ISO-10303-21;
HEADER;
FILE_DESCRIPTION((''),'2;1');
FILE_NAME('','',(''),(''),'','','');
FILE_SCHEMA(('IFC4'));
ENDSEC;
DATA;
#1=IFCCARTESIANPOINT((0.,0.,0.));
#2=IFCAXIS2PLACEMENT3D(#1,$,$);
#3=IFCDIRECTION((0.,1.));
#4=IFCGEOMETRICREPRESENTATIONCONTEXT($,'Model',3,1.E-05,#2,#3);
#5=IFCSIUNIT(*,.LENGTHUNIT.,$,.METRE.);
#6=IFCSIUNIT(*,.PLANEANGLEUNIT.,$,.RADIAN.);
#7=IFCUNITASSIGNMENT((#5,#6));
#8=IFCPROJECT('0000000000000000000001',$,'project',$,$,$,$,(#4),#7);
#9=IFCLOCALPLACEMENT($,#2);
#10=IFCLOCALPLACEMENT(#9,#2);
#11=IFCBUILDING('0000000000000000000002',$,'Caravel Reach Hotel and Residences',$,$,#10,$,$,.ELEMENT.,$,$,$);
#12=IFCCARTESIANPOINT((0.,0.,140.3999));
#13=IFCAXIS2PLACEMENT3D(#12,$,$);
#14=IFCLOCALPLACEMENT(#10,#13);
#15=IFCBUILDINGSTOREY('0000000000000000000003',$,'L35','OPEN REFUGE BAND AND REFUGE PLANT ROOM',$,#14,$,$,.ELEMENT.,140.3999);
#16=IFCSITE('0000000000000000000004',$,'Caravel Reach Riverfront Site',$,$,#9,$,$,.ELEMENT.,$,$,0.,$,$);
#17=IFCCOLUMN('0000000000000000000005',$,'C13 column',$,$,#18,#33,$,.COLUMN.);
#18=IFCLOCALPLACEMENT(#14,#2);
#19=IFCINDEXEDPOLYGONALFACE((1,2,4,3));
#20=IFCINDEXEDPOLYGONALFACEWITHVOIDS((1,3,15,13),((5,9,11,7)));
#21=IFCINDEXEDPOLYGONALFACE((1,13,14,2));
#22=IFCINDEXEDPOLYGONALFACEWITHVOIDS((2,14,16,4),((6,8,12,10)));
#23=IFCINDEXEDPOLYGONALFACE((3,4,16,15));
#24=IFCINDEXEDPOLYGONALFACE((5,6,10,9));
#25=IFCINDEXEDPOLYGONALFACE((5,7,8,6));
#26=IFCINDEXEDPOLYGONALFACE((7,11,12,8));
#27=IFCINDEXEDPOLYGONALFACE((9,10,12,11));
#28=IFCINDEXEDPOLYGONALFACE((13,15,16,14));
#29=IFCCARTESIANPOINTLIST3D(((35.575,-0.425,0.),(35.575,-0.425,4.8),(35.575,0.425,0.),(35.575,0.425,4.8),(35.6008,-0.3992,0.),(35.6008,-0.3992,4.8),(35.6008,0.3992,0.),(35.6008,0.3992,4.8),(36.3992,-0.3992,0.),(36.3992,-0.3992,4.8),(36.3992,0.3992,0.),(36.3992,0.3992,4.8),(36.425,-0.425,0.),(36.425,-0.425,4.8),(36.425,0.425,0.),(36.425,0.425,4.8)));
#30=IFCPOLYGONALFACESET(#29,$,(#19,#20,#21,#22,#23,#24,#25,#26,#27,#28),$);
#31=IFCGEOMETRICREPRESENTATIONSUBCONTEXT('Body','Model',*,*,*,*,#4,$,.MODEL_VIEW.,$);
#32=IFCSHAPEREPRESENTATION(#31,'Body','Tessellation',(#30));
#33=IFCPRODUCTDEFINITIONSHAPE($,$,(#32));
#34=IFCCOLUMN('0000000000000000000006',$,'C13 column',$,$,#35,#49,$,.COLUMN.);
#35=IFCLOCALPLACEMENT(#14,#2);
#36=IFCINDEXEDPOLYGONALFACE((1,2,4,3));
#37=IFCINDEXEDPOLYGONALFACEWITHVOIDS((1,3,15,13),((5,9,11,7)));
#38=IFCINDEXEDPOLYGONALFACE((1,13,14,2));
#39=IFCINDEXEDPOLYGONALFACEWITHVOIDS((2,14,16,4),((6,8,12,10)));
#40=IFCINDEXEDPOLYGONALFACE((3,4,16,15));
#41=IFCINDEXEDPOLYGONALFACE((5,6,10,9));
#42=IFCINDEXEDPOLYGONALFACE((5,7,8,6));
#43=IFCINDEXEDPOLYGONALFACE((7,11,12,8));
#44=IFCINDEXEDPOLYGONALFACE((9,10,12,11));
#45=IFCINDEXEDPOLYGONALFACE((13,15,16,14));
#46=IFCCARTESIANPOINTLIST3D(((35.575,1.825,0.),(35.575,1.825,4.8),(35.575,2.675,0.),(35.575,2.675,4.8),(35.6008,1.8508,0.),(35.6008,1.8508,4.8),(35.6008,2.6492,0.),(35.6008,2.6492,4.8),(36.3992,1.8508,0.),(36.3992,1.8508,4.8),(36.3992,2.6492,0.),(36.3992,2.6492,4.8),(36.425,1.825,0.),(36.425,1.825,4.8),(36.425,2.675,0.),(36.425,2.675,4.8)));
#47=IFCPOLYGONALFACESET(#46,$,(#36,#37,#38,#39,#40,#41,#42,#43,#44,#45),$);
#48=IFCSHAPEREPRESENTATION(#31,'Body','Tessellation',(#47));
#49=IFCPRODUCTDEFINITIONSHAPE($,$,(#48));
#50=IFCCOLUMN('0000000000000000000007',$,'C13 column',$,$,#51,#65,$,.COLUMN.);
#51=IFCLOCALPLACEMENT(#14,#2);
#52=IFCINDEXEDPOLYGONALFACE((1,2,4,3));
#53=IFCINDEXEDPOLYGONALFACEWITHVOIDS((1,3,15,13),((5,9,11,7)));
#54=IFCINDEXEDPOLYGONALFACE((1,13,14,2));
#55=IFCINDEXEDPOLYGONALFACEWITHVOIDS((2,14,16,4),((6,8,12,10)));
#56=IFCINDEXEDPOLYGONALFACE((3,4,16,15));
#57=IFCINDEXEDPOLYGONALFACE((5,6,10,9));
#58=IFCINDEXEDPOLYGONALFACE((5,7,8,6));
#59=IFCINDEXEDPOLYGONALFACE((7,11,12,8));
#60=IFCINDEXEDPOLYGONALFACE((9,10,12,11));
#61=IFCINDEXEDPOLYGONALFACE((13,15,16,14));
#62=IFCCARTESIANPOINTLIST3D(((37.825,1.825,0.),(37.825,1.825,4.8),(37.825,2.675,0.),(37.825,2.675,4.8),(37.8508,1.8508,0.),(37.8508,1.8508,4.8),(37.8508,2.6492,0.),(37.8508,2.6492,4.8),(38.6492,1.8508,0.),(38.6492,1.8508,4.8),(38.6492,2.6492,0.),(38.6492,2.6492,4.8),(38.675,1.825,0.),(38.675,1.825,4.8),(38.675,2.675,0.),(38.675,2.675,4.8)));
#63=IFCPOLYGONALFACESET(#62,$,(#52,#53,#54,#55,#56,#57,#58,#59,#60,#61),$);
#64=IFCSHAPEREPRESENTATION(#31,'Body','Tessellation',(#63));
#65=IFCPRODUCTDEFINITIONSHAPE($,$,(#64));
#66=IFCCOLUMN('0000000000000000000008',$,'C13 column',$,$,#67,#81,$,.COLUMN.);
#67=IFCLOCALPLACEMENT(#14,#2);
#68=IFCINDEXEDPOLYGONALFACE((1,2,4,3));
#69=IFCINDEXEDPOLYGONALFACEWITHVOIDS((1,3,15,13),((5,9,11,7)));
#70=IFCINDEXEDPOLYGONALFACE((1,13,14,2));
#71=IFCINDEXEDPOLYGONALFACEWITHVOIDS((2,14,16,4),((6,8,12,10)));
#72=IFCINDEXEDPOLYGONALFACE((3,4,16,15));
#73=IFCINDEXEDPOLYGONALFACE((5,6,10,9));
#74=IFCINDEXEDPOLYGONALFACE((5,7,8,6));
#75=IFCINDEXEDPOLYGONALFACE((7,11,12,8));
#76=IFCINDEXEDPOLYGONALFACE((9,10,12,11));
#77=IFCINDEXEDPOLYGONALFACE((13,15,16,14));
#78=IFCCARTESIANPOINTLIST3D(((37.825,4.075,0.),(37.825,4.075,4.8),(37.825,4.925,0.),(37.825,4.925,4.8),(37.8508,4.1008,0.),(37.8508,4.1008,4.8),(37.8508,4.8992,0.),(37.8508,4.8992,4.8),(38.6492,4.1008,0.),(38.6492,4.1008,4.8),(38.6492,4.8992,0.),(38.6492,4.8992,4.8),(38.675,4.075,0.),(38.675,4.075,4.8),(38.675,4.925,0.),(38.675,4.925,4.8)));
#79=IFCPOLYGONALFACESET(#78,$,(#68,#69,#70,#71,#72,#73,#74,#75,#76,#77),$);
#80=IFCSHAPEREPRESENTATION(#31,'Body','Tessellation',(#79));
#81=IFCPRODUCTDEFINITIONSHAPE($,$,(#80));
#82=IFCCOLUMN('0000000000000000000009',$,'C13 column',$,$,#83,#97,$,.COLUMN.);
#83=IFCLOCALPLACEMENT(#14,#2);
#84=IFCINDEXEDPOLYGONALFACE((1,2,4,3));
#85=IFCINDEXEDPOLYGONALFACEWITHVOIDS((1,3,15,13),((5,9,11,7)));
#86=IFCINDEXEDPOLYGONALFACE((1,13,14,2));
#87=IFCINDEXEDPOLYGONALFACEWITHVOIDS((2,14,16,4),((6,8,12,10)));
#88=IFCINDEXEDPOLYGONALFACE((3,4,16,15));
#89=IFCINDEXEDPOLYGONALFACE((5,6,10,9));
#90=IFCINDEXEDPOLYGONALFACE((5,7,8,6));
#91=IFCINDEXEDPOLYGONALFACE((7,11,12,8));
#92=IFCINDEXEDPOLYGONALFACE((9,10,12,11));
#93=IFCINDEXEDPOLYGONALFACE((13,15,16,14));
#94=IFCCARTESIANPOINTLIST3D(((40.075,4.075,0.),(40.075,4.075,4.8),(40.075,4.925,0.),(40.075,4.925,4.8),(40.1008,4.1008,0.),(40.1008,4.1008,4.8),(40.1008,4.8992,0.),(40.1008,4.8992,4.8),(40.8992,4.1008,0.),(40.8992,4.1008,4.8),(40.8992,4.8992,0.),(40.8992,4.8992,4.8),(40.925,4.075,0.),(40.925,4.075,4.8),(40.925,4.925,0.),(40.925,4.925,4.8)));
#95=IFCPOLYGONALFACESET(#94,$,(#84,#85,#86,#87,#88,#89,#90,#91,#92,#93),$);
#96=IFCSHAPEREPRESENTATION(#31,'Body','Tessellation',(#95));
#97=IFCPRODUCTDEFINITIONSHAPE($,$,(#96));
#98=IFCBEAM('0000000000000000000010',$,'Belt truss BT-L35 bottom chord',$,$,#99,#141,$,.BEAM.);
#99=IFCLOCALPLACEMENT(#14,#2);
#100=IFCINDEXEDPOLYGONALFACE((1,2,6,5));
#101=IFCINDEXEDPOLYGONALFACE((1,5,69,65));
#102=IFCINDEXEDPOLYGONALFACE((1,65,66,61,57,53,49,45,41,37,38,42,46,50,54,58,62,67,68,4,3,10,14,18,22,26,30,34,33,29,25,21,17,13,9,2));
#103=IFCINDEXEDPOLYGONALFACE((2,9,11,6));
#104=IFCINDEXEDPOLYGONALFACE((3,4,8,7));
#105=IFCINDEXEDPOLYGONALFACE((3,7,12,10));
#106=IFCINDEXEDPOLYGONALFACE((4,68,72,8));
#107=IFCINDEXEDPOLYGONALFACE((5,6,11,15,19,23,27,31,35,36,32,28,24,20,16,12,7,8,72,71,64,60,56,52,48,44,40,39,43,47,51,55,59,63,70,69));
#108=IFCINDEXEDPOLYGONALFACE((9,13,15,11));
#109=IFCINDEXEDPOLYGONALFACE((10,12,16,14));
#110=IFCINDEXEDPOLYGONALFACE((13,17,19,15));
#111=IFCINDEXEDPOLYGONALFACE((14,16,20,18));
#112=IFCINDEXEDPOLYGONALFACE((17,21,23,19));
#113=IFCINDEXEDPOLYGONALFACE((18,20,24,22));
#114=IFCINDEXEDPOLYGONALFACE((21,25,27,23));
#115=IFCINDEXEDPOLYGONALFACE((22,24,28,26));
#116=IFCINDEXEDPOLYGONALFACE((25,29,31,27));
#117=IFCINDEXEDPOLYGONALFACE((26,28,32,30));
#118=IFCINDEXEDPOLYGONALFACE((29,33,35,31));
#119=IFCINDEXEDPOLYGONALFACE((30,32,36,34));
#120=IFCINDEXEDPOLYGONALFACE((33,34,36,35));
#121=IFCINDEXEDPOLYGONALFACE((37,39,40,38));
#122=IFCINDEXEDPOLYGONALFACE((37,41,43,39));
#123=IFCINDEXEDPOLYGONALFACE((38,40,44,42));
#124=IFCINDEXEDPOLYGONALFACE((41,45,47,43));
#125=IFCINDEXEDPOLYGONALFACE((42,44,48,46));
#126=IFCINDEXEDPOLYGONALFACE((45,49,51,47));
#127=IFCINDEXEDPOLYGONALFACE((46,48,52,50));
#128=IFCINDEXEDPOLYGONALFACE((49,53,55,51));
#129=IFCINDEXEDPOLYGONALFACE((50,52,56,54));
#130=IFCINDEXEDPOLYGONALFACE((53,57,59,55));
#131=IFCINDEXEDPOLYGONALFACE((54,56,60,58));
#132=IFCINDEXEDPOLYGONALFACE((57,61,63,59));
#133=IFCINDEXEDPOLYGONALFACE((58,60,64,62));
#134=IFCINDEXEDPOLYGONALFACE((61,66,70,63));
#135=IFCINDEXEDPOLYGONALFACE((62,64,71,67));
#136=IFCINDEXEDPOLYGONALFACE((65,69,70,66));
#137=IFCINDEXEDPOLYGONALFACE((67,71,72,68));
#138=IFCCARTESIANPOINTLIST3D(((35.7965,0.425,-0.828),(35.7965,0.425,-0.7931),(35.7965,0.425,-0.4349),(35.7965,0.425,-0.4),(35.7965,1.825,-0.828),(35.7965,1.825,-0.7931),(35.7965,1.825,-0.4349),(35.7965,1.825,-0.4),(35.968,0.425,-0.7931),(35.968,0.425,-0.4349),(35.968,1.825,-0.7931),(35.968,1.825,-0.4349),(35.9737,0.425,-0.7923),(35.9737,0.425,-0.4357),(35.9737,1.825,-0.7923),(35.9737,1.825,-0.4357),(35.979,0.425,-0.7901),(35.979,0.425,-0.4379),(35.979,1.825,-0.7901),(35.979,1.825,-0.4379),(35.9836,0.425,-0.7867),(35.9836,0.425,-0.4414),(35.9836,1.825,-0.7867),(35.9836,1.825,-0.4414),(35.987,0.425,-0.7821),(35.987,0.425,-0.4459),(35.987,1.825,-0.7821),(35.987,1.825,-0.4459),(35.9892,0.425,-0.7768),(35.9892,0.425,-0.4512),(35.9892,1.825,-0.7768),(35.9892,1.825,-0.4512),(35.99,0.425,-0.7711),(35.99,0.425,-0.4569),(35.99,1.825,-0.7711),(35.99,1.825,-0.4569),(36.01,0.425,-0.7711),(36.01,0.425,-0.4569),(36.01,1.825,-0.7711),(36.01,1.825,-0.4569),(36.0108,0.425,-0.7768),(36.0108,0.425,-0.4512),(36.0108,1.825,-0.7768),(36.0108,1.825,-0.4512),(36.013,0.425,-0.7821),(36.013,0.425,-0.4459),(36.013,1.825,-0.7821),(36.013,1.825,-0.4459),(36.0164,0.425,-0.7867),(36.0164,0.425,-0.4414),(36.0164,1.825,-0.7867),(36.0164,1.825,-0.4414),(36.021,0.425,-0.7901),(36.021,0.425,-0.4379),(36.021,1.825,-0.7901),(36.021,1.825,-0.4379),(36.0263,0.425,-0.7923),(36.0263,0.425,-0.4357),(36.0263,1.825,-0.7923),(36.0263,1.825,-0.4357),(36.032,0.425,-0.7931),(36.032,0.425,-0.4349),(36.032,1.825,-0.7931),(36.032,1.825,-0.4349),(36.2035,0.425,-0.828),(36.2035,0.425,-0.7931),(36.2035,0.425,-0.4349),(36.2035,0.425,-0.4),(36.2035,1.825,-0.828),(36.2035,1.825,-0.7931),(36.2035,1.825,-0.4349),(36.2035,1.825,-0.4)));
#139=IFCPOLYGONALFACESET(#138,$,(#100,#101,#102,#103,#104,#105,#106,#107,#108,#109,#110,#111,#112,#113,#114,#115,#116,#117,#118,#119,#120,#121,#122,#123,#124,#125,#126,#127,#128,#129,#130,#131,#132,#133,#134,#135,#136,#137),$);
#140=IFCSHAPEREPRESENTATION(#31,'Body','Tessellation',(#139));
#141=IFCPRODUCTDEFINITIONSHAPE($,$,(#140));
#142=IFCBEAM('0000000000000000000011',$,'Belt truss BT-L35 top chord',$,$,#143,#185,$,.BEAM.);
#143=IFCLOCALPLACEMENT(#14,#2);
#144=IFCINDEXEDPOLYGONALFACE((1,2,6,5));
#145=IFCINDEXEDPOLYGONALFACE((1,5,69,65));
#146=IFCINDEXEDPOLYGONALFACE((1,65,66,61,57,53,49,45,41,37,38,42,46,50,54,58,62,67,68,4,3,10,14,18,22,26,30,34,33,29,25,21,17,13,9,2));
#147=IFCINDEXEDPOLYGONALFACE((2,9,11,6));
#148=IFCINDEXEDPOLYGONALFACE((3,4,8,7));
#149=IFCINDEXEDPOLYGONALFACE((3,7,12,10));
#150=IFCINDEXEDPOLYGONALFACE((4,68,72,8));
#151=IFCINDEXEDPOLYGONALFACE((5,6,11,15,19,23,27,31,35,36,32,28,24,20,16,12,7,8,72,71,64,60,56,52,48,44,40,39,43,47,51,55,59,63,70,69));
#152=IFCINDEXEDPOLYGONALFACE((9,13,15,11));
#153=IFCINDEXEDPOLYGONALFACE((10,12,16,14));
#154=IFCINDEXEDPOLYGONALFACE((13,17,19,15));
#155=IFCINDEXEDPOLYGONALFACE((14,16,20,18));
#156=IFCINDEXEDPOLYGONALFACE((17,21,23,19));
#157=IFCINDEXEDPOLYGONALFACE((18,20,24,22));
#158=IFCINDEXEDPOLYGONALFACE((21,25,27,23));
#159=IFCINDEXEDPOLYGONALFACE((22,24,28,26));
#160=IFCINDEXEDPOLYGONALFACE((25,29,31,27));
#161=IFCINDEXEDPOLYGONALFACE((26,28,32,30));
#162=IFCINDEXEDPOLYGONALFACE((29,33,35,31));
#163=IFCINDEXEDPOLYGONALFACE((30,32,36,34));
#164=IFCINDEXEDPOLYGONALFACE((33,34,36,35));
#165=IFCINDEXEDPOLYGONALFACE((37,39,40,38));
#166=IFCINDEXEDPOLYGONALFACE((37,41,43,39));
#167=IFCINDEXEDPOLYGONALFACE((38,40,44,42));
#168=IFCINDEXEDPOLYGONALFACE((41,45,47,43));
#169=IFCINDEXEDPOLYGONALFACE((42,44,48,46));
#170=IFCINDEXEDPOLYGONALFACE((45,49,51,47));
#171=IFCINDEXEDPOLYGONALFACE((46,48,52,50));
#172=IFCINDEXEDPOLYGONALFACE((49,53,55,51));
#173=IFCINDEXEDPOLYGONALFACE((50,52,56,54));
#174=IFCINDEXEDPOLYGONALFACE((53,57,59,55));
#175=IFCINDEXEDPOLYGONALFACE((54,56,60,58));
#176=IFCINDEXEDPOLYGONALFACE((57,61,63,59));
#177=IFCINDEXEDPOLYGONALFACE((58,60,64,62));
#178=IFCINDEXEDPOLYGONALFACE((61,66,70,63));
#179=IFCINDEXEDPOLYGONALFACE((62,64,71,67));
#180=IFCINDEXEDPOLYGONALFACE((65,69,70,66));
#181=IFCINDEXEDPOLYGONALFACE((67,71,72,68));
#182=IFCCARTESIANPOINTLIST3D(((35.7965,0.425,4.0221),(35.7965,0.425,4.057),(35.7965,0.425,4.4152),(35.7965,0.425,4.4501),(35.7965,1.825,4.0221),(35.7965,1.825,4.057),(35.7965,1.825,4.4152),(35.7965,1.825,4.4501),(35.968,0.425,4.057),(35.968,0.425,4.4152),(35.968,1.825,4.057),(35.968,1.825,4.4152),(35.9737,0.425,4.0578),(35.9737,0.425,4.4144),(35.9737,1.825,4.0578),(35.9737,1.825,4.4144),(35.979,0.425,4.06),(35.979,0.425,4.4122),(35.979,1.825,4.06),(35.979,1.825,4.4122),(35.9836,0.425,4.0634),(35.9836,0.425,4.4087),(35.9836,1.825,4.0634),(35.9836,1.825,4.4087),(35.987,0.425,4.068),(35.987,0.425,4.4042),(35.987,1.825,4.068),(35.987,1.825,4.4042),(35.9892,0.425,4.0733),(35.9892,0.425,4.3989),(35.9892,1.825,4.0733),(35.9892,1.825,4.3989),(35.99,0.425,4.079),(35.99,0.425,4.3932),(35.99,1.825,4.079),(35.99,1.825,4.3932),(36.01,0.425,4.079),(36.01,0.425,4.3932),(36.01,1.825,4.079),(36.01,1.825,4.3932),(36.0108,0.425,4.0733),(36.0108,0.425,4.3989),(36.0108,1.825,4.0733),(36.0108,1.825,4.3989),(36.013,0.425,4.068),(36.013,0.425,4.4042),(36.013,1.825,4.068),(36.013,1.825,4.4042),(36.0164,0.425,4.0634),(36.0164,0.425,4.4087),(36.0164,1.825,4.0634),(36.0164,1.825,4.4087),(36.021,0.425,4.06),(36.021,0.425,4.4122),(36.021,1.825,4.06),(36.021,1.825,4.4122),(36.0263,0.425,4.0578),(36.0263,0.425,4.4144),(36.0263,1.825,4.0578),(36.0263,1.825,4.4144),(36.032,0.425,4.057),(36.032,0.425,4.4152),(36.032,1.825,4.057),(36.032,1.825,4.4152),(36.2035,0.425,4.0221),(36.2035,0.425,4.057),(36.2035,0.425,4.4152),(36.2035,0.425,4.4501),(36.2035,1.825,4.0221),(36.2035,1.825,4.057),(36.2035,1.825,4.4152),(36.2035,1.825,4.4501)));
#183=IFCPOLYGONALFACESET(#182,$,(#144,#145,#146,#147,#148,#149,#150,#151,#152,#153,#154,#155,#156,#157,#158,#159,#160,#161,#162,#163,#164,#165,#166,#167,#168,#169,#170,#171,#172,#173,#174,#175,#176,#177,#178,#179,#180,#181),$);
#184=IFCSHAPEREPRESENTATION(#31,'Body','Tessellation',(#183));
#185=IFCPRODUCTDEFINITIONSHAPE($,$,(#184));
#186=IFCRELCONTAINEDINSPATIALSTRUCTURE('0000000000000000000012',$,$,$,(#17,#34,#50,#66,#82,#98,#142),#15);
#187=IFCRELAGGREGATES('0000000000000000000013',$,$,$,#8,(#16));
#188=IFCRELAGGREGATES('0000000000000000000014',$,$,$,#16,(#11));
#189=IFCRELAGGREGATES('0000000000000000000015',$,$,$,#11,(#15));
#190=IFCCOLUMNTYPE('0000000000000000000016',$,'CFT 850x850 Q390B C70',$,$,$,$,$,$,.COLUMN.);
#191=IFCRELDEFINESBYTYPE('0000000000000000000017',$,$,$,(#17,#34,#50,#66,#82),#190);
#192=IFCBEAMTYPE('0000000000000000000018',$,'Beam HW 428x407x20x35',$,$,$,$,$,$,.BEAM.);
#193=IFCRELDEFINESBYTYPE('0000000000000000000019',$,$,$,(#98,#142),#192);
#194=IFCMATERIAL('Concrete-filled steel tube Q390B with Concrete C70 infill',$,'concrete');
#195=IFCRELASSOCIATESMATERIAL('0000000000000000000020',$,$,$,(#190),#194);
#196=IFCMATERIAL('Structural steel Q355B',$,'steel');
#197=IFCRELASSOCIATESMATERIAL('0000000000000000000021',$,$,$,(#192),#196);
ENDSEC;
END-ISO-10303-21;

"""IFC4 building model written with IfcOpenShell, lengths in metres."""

from ifc_helpers import new_model, si_unit, direction, frame, origin, origin_2d, place, context, subcontext, project, spatial, hollow_rectangle, i_section, extrude, material, material_profile, profile_set, type_object, element, save


model = new_model("IFC4")

# Units and contexts
model_context = context("Model", 3, precision=1e-05, world=origin(), true_north=direction((0.0, 1.0)))
body_context = subcontext(model_context, "Body", "Model", "MODEL_VIEW")
ifc_project = project(units=[si_unit("LENGTHUNIT", "METRE"), si_unit("PLANEANGLEUNIT", "RADIAN")], contexts=[model_context])

# Site, building, storey
site_placement = place(None, origin())
site = spatial("IfcSite", under=ifc_project, at=site_placement, Name="Caravel Reach Riverfront Site", CompositionType="ELEMENT", RefElevation=0.0)
building_placement = place(site_placement, origin())
building = spatial("IfcBuilding", under=site, at=building_placement, Name="Caravel Reach Hotel and Residences", CompositionType="ELEMENT")
storey_placement = place(building_placement, frame((0.0, 0.0, 140.3999)))
storey = spatial("IfcBuildingStorey", under=building, at=storey_placement, Name="L35", Description="OPEN REFUGE BAND AND REFUGE PLANT ROOM", CompositionType="ELEMENT", Elevation=140.3999)

# Columns
ifc_material_1 = material(Name="Concrete-filled steel tube Q390B with Concrete C70 infill", Category="concrete")
ifc_material_profile_1 = material_profile(ifc_material_1, hollow_rectangle(XDim=0.8501, YDim=0.8501, WallThickness=0.0259, at=origin_2d()), Name="RHS 850x850x26")
ifc_profile_set_1 = profile_set([ifc_material_profile_1], Name="Concrete-filled steel tube Q390B with Concrete C70 infill")
column_type = type_object("IfcColumnType", Name="CFT 850x850 Q390B C70", PredefinedType="COLUMN", material=ifc_profile_set_1)
for number, where, z_axis, x_axis, name in (
    (1, (36.0, 0.0, 0.0), (0.0, 0.0, 1.0), (1.0, 0.0, 0.0), "C13 column"),
    (2, (36.0, 2.25, 0.0), (0.0, 0.0, 1.0), (1.0, 0.0, 0.0), "C13 column"),
    (3, (38.25, 2.25, 0.0), (0.0, 0.0, 1.0), (1.0, 0.0, 0.0), "C13 column"),
    (4, (38.25, 4.5, 0.0), (0.0, 0.0, 1.0), (1.0, 0.0, 0.0), "C13 column"),
    (5, (40.5, 4.5, 0.0), (0.0, 0.0, 1.0), (1.0, 0.0, 0.0), "C13 column"),
):
    element("IfcColumn", number, at=place(storey_placement, frame(where, z_axis=z_axis, x_axis=x_axis)), inside=storey, type_object=column_type, Name=name, PredefinedType="COLUMN", context=body_context, shape_type="SweptSolid", body=[
        extrude(hollow_rectangle(XDim=0.8501, YDim=0.8501, WallThickness=0.0259, at=origin_2d()), origin(), (0.0, 0.0, 1.0), 4.8),
    ])

# Beams
ifc_material_2 = material(Name="Structural steel Q355B", Category="steel")
ifc_material_profile_2 = material_profile(ifc_material_2, i_section(OverallWidth=0.407, OverallDepth=0.428, WebThickness=0.02, FlangeThickness=0.0349, FilletRadius=0.022, at=origin_2d()), Name="HW 428x407x20x35")
ifc_profile_set_2 = profile_set([ifc_material_profile_2], Name="Structural steel Q355B")
beam_type = type_object("IfcBeamType", Name="Beam HW 428x407x20x35", PredefinedType="BEAM", material=ifc_profile_set_2)
for number, where, z_axis, x_axis, name in (
    (6, (36.0, 0.425, -0.614), (0.0, 1.0, 0.0), (-1.0, 0.0, 0.0), "Belt truss BT-L35 bottom chord"),
    (7, (36.0, 0.425, 4.2361), (0.0, 1.0, 0.0), (-1.0, 0.0, 0.0), "Belt truss BT-L35 top chord"),
):
    element("IfcBeam", number, at=place(storey_placement, frame(where, z_axis=z_axis, x_axis=x_axis)), inside=storey, type_object=beam_type, Name=name, PredefinedType="BEAM", context=body_context, shape_type="SweptSolid", body=[
        extrude(i_section(OverallWidth=0.407, OverallDepth=0.428, WebThickness=0.02, FlangeThickness=0.0349, FilletRadius=0.022, at=origin_2d()), origin(), (0.0, 0.0, 1.0), 1.3999),
    ])

save(model, "model.ifc")
